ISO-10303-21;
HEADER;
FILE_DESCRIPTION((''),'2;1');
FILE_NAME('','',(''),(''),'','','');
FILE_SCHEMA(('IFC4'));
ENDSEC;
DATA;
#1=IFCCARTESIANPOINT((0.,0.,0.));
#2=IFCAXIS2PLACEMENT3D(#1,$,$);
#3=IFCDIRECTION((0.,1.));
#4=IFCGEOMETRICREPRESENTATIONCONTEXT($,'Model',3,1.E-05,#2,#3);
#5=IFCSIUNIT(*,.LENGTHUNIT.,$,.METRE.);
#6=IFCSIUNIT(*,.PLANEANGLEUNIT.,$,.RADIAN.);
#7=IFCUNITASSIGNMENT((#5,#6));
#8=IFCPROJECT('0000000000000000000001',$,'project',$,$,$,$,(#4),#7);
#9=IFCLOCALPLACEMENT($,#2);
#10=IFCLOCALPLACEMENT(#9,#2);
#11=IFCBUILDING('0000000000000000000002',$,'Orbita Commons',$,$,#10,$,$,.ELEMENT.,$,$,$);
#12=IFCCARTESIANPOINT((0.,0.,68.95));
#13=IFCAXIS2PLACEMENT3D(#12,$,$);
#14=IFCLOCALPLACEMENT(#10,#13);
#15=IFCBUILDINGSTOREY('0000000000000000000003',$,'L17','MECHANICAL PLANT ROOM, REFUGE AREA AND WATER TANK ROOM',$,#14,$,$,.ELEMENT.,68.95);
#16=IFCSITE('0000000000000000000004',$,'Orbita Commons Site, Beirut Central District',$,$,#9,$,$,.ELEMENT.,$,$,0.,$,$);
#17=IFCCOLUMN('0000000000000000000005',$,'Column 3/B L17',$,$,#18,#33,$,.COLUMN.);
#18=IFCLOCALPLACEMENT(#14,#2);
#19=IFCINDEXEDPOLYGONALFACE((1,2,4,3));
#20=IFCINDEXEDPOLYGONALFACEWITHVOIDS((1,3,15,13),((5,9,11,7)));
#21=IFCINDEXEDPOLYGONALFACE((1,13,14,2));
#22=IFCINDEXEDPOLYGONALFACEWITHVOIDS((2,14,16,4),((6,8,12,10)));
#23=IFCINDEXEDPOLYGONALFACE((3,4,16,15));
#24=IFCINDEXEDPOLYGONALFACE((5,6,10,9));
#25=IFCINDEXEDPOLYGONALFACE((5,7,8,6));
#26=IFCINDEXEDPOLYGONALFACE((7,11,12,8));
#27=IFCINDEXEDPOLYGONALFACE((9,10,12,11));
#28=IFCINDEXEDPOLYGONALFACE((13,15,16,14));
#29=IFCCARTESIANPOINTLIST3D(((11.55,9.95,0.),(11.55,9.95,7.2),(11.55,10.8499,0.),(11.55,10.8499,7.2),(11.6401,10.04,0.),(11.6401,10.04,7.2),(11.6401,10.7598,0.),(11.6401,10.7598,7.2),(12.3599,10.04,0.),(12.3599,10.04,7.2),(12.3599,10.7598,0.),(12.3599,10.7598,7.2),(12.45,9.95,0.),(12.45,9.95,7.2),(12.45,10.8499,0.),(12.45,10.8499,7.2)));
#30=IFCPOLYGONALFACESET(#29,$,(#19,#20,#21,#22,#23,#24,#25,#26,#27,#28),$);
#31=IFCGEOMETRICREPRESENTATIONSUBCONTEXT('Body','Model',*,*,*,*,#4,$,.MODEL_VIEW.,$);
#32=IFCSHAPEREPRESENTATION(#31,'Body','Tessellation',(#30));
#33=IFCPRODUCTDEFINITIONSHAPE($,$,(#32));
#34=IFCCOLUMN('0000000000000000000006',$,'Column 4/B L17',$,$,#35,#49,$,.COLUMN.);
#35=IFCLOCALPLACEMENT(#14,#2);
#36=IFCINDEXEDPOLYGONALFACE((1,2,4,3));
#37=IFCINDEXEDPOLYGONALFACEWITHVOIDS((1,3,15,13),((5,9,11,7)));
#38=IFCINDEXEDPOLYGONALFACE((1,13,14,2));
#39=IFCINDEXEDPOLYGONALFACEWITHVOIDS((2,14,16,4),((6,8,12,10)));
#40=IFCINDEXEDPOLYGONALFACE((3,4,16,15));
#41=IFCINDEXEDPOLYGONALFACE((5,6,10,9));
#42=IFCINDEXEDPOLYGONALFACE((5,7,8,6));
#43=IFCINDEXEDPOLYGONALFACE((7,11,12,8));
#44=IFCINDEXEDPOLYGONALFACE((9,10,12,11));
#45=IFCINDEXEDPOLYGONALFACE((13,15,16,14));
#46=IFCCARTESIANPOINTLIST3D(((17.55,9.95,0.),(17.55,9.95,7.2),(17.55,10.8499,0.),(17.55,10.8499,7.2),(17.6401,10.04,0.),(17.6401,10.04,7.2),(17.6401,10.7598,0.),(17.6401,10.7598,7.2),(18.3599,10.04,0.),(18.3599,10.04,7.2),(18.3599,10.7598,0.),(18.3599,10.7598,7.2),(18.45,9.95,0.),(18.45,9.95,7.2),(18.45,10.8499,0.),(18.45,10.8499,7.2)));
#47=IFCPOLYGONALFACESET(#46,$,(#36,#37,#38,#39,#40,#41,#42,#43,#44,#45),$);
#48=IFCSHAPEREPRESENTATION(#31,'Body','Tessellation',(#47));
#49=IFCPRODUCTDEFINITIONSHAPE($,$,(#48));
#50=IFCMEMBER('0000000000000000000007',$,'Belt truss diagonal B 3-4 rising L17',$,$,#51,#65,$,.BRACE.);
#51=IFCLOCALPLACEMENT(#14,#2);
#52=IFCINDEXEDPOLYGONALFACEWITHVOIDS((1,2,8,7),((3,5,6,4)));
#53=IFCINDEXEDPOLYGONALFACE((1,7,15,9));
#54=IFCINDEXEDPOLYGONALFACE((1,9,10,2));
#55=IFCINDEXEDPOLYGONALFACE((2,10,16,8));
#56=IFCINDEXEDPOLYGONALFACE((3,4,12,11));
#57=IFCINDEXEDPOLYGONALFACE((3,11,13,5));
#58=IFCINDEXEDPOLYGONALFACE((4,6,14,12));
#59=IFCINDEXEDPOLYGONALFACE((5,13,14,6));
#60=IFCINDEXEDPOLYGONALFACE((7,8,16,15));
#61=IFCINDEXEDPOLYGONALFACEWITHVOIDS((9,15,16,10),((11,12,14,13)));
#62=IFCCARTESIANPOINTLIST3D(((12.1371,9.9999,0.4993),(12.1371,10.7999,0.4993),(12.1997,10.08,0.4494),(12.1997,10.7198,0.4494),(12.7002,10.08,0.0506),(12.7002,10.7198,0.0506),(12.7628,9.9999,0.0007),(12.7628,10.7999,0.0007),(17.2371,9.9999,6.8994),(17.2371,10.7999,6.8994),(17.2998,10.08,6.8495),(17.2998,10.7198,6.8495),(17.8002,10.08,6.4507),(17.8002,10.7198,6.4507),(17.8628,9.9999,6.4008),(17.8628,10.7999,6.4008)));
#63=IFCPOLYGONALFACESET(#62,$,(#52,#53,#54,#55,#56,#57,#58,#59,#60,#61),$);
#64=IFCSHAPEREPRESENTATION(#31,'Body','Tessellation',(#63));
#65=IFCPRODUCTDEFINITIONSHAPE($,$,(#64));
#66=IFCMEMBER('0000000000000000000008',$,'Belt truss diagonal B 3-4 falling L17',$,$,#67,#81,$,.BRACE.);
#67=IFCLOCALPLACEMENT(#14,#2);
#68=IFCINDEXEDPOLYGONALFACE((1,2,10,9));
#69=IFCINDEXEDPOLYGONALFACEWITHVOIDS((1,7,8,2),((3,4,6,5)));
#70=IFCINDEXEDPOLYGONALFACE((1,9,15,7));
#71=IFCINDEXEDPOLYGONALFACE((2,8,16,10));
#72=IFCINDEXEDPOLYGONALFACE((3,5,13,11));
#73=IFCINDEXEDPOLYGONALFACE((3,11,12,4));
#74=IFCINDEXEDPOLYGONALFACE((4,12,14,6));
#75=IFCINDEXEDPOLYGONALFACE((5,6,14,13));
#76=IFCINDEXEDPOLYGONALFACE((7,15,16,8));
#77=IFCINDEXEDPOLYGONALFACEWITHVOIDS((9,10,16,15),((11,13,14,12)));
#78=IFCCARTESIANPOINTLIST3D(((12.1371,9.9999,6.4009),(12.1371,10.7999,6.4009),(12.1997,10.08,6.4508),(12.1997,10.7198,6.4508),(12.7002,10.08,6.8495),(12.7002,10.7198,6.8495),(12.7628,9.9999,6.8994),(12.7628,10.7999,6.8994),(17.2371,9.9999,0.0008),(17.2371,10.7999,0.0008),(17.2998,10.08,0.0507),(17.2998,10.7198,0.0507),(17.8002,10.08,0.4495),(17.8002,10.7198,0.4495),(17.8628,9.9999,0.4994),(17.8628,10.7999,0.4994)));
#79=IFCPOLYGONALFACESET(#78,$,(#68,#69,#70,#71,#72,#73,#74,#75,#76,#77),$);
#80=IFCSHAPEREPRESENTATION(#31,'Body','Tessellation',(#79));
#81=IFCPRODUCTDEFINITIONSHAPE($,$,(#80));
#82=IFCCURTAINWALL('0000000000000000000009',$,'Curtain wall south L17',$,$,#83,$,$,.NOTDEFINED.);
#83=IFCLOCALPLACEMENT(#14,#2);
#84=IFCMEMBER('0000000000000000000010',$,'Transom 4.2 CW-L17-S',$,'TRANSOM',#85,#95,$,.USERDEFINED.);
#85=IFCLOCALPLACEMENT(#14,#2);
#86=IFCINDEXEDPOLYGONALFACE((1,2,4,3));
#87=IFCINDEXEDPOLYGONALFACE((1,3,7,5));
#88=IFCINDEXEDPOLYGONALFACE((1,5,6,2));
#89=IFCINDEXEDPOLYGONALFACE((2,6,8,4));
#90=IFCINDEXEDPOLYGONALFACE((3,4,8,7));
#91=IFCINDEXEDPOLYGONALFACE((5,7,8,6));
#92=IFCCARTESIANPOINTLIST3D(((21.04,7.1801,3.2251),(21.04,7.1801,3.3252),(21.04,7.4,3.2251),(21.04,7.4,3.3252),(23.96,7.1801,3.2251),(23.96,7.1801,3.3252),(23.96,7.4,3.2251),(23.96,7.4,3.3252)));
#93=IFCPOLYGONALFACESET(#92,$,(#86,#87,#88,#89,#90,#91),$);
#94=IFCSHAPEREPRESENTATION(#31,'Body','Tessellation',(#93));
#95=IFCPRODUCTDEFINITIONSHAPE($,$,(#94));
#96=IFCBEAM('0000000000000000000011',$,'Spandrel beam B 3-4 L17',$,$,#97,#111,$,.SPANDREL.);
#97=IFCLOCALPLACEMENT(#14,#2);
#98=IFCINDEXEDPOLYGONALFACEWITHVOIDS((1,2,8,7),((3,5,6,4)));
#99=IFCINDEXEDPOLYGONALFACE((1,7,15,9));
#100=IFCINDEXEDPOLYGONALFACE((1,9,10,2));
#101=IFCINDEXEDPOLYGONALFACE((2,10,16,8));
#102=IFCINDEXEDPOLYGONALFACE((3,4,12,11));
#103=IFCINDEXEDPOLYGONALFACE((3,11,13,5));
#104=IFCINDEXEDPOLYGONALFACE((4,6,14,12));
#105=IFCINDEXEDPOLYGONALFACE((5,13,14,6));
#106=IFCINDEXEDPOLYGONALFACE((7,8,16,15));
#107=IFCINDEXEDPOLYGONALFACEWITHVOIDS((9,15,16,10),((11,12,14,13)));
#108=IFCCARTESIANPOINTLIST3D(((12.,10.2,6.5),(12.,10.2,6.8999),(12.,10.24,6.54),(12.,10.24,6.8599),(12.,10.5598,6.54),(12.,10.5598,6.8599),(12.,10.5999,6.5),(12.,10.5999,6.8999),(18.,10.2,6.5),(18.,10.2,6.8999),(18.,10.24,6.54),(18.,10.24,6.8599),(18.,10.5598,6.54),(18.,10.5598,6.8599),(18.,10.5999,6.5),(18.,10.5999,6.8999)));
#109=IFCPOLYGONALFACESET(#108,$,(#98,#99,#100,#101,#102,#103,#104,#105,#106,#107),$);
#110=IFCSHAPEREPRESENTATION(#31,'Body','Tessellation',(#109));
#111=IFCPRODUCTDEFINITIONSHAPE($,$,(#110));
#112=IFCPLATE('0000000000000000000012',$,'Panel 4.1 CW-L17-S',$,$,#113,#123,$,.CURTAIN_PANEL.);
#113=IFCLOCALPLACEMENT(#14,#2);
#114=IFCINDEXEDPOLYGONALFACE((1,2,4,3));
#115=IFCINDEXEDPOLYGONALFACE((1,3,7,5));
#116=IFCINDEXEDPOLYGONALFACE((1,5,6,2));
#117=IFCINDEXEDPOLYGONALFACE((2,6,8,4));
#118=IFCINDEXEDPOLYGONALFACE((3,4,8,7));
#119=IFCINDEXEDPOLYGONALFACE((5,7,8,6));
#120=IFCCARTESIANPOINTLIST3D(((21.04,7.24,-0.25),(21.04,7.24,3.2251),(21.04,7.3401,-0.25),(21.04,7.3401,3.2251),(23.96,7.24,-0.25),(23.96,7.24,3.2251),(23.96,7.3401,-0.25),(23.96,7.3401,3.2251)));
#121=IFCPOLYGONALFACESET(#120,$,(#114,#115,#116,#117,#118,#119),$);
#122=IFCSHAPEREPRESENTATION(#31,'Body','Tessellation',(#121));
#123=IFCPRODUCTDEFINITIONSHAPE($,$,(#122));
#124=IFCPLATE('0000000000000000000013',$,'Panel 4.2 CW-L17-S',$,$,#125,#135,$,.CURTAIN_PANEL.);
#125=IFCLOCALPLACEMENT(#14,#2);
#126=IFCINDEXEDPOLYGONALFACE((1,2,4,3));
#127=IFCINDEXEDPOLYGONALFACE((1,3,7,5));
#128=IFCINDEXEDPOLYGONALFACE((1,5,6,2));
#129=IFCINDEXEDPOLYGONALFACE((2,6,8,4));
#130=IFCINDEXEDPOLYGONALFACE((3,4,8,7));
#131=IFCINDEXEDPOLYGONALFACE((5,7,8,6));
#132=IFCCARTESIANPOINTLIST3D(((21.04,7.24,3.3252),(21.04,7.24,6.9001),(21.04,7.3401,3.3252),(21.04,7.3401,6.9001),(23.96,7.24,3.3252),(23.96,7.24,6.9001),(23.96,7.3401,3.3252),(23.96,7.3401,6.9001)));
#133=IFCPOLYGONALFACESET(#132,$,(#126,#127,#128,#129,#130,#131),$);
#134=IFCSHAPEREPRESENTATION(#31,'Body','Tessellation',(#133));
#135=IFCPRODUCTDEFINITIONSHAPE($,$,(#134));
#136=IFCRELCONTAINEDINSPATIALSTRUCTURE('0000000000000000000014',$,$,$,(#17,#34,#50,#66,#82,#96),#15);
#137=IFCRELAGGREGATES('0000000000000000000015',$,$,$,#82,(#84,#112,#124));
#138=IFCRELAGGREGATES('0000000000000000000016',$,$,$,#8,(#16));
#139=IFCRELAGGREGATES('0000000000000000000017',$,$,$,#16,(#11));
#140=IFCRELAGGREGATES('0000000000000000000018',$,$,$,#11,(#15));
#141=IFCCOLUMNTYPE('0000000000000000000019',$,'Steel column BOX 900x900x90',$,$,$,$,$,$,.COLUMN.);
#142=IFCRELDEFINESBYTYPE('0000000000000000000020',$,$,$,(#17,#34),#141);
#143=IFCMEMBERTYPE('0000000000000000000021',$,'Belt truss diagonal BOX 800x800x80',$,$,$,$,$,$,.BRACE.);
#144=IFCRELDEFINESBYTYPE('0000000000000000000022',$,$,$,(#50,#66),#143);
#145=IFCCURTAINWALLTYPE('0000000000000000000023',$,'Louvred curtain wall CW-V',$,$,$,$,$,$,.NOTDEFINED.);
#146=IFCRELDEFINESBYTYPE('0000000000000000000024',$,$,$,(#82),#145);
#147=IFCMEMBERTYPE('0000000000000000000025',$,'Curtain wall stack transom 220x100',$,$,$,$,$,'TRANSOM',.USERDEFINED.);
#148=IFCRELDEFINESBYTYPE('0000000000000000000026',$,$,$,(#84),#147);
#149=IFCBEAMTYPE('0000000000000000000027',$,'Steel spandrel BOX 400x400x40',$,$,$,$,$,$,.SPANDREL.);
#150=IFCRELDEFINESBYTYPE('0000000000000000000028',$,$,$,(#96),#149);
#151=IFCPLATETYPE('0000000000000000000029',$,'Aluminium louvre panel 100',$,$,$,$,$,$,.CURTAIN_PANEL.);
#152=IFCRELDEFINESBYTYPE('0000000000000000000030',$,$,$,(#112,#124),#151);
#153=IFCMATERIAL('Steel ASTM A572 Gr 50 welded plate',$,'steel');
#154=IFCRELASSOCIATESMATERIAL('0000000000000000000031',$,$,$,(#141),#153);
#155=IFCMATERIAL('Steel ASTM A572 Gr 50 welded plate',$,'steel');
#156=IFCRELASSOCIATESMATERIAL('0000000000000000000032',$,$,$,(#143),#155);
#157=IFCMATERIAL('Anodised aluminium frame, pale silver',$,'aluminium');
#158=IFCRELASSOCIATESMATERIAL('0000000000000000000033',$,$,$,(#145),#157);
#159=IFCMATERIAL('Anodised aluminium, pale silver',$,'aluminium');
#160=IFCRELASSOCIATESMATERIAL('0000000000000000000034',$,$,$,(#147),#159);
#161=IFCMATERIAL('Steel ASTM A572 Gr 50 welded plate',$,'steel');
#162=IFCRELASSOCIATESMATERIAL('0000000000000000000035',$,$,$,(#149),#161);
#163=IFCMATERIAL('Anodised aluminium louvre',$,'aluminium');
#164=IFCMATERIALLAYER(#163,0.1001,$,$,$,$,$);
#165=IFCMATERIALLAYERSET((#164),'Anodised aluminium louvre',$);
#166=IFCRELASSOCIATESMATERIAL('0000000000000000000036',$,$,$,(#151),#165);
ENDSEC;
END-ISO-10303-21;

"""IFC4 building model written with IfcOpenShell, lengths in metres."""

from ifc_helpers import new_model, si_unit, direction, frame, origin, origin_2d, place, context, subcontext, project, spatial, rectangle, hollow_rectangle, extrude, material, layer, layer_set, material_profile, profile_set, type_object, element, aggregate, save


model = new_model("IFC4")

# Units and contexts
model_context = context("Model", 3, precision=1e-05, world=origin(), true_north=direction((0.0, 1.0)))
body_context = subcontext(model_context, "Body", "Model", "MODEL_VIEW")
ifc_project = project(units=[si_unit("LENGTHUNIT", "METRE"), si_unit("PLANEANGLEUNIT", "RADIAN")], contexts=[model_context])

# Site, building, storey
site_placement = place(None, origin())
site = spatial("IfcSite", under=ifc_project, at=site_placement, Name="Orbita Commons Site, Beirut Central District", CompositionType="ELEMENT", RefElevation=0.0)
building_placement = place(site_placement, origin())
building = spatial("IfcBuilding", under=site, at=building_placement, Name="Orbita Commons", CompositionType="ELEMENT")
storey_placement = place(building_placement, frame((0.0, 0.0, 68.95)))
storey = spatial("IfcBuildingStorey", under=building, at=storey_placement, Name="L17", Description="MECHANICAL PLANT ROOM, REFUGE AREA AND WATER TANK ROOM", CompositionType="ELEMENT", Elevation=68.95)

# Columns
ifc_material_1 = material(Name="Steel ASTM A572 Gr 50 welded plate", Category="steel")
ifc_material_profile_1 = material_profile(ifc_material_1, hollow_rectangle(XDim=0.8999, YDim=0.8999, WallThickness=0.0901, at=origin_2d()), Name="BOX 900x900x90")
ifc_profile_set_1 = profile_set([ifc_material_profile_1], Name="Steel ASTM A572 Gr 50 welded plate")
column_type = type_object("IfcColumnType", Name="Steel column BOX 900x900x90", PredefinedType="COLUMN", material=ifc_profile_set_1)
for number, where, z_axis, x_axis, name in (
    (1, (12.0, 10.3999, 0.0), (0.0, 0.0, 1.0), (1.0, 0.0, 0.0), "Column 3/B L17"),
    (2, (18.0, 10.3999, 0.0), (0.0, 0.0, 1.0), (1.0, 0.0, 0.0), "Column 4/B L17"),
):
    element("IfcColumn", number, at=place(storey_placement, frame(where, z_axis=z_axis, x_axis=x_axis)), inside=storey, type_object=column_type, Name=name, PredefinedType="COLUMN", context=body_context, shape_type="SweptSolid", body=[
        extrude(hollow_rectangle(XDim=0.8999, YDim=0.8999, WallThickness=0.0901, at=origin_2d()), origin(), (0.0, 0.0, 1.0), 7.2),
    ])

# Members
ifc_material_2 = material(Name="Steel ASTM A572 Gr 50 welded plate", Category="steel")
ifc_material_profile_2 = material_profile(ifc_material_2, hollow_rectangle(XDim=0.8, YDim=0.8, WallThickness=0.0801, at=origin_2d()), Name="BOX 800x800x80")
ifc_profile_set_2 = profile_set([ifc_material_profile_2], Name="Steel ASTM A572 Gr 50 welded plate")
member_type_1 = type_object("IfcMemberType", Name="Belt truss diagonal BOX 800x800x80", PredefinedType="BRACE", material=ifc_profile_set_2)
for number, where, z_axis, x_axis, name in (
    (3, (12.45, 10.3999, 0.25), (0.623202, 0.0, 0.782061), (0.0, 1.0, 0.0), "Belt truss diagonal B 3-4 rising L17"),
    (4, (12.45, 10.3999, 6.6501), (0.623202, 0.0, -0.782061), (0.0, 1.0, 0.0), "Belt truss diagonal B 3-4 falling L17"),
):
    element("IfcMember", number, at=place(storey_placement, frame(where, z_axis=z_axis, x_axis=x_axis)), inside=storey, type_object=member_type_1, Name=name, PredefinedType="BRACE", context=body_context, shape_type="SweptSolid", body=[
        extrude(hollow_rectangle(XDim=0.8, YDim=0.8, WallThickness=0.0801, at=origin_2d()), origin(), (0.0, 0.0, 1.0), 8.1836),
    ])

# Curtain wall, member
ifc_material_3 = material(Name="Anodised aluminium frame, pale silver", Category="aluminium")
curtain_wall_type = type_object("IfcCurtainWallType", Name="Louvred curtain wall CW-V", PredefinedType="NOTDEFINED", material=ifc_material_3)
curtain_wall_placement = place(storey_placement, origin())
curtain_wall = element("IfcCurtainWall", 5, at=curtain_wall_placement, inside=storey, type_object=curtain_wall_type, Name="Curtain wall south L17", PredefinedType="NOTDEFINED")
ifc_material_4 = material(Name="Anodised aluminium, pale silver", Category="aluminium")
ifc_material_profile_3 = material_profile(ifc_material_4, rectangle(XDim=0.22, YDim=0.1001, at=origin_2d()), Name="AL 220x100")
ifc_profile_set_3 = profile_set([ifc_material_profile_3], Name="Anodised aluminium, pale silver")
member_type_2 = type_object("IfcMemberType", Name="Curtain wall stack transom 220x100", ElementType="TRANSOM", PredefinedType="USERDEFINED", material=ifc_profile_set_3)
member_placement = place(storey_placement, frame((21.04, 7.29, 3.2751), z_axis=(1.0, 0.0, 0.0), x_axis=(0.0, 1.0, 0.0)))
member = element("IfcMember", 6, at=member_placement, type_object=member_type_2, Name="Transom 4.2 CW-L17-S", ObjectType="TRANSOM", PredefinedType="USERDEFINED", context=body_context, shape_type="SweptSolid", body=[
    extrude(rectangle(XDim=0.22, YDim=0.1001, at=origin_2d()), origin(), (0.0, 0.0, 1.0), 2.9199),
])

# Beam
ifc_material_5 = material(Name="Steel ASTM A572 Gr 50 welded plate", Category="steel")
ifc_material_profile_4 = material_profile(ifc_material_5, hollow_rectangle(XDim=0.3999, YDim=0.3999, WallThickness=0.04, at=origin_2d()), Name="BOX 400x400x40")
ifc_profile_set_4 = profile_set([ifc_material_profile_4], Name="Steel ASTM A572 Gr 50 welded plate")
beam_type = type_object("IfcBeamType", Name="Steel spandrel BOX 400x400x40", PredefinedType="SPANDREL", material=ifc_profile_set_4)
beam_placement = place(storey_placement, frame((12.0, 10.3999, 6.7), z_axis=(1.0, 0.0, 0.0), x_axis=(0.0, 1.0, 0.0)))
element("IfcBeam", 7, at=beam_placement, inside=storey, type_object=beam_type, Name="Spandrel beam B 3-4 L17", PredefinedType="SPANDREL", context=body_context, shape_type="SweptSolid", body=[
    extrude(hollow_rectangle(XDim=0.3999, YDim=0.3999, WallThickness=0.04, at=origin_2d()), origin(), (0.0, 0.0, 1.0), 6.0),
])

# Plates
ifc_material_6 = material(Name="Anodised aluminium louvre", Category="aluminium")
ifc_layer_1 = layer(ifc_material_6, 0.1001)
ifc_layer_set_1 = layer_set([ifc_layer_1], Name="Anodised aluminium louvre")
plate_type = type_object("IfcPlateType", Name="Aluminium louvre panel 100", PredefinedType="CURTAIN_PANEL", material=ifc_layer_set_1)
plate_1_placement = place(storey_placement, frame((22.5, 7.29, -0.25), z_axis=(0.0, 0.0, 1.0), x_axis=(1.0, 0.0, 0.0)))
plate_1 = element("IfcPlate", 8, at=plate_1_placement, type_object=plate_type, Name="Panel 4.1 CW-L17-S", PredefinedType="CURTAIN_PANEL", context=body_context, shape_type="SweptSolid", body=[
    extrude(rectangle(XDim=2.9199, YDim=0.1001, at=origin_2d()), origin(), (0.0, 0.0, 1.0), 3.4751),
])
plate_2_placement = place(storey_placement, frame((22.5, 7.29, 3.3252), z_axis=(0.0, 0.0, 1.0), x_axis=(1.0, 0.0, 0.0)))
plate_2 = element("IfcPlate", 9, at=plate_2_placement, type_object=plate_type, Name="Panel 4.2 CW-L17-S", PredefinedType="CURTAIN_PANEL", context=body_context, shape_type="SweptSolid", body=[
    extrude(rectangle(XDim=2.9199, YDim=0.1001, at=origin_2d()), origin(), (0.0, 0.0, 1.0), 3.575),
])
aggregate(curtain_wall, [member, plate_1, plate_2])

save(model, "model.ifc")
